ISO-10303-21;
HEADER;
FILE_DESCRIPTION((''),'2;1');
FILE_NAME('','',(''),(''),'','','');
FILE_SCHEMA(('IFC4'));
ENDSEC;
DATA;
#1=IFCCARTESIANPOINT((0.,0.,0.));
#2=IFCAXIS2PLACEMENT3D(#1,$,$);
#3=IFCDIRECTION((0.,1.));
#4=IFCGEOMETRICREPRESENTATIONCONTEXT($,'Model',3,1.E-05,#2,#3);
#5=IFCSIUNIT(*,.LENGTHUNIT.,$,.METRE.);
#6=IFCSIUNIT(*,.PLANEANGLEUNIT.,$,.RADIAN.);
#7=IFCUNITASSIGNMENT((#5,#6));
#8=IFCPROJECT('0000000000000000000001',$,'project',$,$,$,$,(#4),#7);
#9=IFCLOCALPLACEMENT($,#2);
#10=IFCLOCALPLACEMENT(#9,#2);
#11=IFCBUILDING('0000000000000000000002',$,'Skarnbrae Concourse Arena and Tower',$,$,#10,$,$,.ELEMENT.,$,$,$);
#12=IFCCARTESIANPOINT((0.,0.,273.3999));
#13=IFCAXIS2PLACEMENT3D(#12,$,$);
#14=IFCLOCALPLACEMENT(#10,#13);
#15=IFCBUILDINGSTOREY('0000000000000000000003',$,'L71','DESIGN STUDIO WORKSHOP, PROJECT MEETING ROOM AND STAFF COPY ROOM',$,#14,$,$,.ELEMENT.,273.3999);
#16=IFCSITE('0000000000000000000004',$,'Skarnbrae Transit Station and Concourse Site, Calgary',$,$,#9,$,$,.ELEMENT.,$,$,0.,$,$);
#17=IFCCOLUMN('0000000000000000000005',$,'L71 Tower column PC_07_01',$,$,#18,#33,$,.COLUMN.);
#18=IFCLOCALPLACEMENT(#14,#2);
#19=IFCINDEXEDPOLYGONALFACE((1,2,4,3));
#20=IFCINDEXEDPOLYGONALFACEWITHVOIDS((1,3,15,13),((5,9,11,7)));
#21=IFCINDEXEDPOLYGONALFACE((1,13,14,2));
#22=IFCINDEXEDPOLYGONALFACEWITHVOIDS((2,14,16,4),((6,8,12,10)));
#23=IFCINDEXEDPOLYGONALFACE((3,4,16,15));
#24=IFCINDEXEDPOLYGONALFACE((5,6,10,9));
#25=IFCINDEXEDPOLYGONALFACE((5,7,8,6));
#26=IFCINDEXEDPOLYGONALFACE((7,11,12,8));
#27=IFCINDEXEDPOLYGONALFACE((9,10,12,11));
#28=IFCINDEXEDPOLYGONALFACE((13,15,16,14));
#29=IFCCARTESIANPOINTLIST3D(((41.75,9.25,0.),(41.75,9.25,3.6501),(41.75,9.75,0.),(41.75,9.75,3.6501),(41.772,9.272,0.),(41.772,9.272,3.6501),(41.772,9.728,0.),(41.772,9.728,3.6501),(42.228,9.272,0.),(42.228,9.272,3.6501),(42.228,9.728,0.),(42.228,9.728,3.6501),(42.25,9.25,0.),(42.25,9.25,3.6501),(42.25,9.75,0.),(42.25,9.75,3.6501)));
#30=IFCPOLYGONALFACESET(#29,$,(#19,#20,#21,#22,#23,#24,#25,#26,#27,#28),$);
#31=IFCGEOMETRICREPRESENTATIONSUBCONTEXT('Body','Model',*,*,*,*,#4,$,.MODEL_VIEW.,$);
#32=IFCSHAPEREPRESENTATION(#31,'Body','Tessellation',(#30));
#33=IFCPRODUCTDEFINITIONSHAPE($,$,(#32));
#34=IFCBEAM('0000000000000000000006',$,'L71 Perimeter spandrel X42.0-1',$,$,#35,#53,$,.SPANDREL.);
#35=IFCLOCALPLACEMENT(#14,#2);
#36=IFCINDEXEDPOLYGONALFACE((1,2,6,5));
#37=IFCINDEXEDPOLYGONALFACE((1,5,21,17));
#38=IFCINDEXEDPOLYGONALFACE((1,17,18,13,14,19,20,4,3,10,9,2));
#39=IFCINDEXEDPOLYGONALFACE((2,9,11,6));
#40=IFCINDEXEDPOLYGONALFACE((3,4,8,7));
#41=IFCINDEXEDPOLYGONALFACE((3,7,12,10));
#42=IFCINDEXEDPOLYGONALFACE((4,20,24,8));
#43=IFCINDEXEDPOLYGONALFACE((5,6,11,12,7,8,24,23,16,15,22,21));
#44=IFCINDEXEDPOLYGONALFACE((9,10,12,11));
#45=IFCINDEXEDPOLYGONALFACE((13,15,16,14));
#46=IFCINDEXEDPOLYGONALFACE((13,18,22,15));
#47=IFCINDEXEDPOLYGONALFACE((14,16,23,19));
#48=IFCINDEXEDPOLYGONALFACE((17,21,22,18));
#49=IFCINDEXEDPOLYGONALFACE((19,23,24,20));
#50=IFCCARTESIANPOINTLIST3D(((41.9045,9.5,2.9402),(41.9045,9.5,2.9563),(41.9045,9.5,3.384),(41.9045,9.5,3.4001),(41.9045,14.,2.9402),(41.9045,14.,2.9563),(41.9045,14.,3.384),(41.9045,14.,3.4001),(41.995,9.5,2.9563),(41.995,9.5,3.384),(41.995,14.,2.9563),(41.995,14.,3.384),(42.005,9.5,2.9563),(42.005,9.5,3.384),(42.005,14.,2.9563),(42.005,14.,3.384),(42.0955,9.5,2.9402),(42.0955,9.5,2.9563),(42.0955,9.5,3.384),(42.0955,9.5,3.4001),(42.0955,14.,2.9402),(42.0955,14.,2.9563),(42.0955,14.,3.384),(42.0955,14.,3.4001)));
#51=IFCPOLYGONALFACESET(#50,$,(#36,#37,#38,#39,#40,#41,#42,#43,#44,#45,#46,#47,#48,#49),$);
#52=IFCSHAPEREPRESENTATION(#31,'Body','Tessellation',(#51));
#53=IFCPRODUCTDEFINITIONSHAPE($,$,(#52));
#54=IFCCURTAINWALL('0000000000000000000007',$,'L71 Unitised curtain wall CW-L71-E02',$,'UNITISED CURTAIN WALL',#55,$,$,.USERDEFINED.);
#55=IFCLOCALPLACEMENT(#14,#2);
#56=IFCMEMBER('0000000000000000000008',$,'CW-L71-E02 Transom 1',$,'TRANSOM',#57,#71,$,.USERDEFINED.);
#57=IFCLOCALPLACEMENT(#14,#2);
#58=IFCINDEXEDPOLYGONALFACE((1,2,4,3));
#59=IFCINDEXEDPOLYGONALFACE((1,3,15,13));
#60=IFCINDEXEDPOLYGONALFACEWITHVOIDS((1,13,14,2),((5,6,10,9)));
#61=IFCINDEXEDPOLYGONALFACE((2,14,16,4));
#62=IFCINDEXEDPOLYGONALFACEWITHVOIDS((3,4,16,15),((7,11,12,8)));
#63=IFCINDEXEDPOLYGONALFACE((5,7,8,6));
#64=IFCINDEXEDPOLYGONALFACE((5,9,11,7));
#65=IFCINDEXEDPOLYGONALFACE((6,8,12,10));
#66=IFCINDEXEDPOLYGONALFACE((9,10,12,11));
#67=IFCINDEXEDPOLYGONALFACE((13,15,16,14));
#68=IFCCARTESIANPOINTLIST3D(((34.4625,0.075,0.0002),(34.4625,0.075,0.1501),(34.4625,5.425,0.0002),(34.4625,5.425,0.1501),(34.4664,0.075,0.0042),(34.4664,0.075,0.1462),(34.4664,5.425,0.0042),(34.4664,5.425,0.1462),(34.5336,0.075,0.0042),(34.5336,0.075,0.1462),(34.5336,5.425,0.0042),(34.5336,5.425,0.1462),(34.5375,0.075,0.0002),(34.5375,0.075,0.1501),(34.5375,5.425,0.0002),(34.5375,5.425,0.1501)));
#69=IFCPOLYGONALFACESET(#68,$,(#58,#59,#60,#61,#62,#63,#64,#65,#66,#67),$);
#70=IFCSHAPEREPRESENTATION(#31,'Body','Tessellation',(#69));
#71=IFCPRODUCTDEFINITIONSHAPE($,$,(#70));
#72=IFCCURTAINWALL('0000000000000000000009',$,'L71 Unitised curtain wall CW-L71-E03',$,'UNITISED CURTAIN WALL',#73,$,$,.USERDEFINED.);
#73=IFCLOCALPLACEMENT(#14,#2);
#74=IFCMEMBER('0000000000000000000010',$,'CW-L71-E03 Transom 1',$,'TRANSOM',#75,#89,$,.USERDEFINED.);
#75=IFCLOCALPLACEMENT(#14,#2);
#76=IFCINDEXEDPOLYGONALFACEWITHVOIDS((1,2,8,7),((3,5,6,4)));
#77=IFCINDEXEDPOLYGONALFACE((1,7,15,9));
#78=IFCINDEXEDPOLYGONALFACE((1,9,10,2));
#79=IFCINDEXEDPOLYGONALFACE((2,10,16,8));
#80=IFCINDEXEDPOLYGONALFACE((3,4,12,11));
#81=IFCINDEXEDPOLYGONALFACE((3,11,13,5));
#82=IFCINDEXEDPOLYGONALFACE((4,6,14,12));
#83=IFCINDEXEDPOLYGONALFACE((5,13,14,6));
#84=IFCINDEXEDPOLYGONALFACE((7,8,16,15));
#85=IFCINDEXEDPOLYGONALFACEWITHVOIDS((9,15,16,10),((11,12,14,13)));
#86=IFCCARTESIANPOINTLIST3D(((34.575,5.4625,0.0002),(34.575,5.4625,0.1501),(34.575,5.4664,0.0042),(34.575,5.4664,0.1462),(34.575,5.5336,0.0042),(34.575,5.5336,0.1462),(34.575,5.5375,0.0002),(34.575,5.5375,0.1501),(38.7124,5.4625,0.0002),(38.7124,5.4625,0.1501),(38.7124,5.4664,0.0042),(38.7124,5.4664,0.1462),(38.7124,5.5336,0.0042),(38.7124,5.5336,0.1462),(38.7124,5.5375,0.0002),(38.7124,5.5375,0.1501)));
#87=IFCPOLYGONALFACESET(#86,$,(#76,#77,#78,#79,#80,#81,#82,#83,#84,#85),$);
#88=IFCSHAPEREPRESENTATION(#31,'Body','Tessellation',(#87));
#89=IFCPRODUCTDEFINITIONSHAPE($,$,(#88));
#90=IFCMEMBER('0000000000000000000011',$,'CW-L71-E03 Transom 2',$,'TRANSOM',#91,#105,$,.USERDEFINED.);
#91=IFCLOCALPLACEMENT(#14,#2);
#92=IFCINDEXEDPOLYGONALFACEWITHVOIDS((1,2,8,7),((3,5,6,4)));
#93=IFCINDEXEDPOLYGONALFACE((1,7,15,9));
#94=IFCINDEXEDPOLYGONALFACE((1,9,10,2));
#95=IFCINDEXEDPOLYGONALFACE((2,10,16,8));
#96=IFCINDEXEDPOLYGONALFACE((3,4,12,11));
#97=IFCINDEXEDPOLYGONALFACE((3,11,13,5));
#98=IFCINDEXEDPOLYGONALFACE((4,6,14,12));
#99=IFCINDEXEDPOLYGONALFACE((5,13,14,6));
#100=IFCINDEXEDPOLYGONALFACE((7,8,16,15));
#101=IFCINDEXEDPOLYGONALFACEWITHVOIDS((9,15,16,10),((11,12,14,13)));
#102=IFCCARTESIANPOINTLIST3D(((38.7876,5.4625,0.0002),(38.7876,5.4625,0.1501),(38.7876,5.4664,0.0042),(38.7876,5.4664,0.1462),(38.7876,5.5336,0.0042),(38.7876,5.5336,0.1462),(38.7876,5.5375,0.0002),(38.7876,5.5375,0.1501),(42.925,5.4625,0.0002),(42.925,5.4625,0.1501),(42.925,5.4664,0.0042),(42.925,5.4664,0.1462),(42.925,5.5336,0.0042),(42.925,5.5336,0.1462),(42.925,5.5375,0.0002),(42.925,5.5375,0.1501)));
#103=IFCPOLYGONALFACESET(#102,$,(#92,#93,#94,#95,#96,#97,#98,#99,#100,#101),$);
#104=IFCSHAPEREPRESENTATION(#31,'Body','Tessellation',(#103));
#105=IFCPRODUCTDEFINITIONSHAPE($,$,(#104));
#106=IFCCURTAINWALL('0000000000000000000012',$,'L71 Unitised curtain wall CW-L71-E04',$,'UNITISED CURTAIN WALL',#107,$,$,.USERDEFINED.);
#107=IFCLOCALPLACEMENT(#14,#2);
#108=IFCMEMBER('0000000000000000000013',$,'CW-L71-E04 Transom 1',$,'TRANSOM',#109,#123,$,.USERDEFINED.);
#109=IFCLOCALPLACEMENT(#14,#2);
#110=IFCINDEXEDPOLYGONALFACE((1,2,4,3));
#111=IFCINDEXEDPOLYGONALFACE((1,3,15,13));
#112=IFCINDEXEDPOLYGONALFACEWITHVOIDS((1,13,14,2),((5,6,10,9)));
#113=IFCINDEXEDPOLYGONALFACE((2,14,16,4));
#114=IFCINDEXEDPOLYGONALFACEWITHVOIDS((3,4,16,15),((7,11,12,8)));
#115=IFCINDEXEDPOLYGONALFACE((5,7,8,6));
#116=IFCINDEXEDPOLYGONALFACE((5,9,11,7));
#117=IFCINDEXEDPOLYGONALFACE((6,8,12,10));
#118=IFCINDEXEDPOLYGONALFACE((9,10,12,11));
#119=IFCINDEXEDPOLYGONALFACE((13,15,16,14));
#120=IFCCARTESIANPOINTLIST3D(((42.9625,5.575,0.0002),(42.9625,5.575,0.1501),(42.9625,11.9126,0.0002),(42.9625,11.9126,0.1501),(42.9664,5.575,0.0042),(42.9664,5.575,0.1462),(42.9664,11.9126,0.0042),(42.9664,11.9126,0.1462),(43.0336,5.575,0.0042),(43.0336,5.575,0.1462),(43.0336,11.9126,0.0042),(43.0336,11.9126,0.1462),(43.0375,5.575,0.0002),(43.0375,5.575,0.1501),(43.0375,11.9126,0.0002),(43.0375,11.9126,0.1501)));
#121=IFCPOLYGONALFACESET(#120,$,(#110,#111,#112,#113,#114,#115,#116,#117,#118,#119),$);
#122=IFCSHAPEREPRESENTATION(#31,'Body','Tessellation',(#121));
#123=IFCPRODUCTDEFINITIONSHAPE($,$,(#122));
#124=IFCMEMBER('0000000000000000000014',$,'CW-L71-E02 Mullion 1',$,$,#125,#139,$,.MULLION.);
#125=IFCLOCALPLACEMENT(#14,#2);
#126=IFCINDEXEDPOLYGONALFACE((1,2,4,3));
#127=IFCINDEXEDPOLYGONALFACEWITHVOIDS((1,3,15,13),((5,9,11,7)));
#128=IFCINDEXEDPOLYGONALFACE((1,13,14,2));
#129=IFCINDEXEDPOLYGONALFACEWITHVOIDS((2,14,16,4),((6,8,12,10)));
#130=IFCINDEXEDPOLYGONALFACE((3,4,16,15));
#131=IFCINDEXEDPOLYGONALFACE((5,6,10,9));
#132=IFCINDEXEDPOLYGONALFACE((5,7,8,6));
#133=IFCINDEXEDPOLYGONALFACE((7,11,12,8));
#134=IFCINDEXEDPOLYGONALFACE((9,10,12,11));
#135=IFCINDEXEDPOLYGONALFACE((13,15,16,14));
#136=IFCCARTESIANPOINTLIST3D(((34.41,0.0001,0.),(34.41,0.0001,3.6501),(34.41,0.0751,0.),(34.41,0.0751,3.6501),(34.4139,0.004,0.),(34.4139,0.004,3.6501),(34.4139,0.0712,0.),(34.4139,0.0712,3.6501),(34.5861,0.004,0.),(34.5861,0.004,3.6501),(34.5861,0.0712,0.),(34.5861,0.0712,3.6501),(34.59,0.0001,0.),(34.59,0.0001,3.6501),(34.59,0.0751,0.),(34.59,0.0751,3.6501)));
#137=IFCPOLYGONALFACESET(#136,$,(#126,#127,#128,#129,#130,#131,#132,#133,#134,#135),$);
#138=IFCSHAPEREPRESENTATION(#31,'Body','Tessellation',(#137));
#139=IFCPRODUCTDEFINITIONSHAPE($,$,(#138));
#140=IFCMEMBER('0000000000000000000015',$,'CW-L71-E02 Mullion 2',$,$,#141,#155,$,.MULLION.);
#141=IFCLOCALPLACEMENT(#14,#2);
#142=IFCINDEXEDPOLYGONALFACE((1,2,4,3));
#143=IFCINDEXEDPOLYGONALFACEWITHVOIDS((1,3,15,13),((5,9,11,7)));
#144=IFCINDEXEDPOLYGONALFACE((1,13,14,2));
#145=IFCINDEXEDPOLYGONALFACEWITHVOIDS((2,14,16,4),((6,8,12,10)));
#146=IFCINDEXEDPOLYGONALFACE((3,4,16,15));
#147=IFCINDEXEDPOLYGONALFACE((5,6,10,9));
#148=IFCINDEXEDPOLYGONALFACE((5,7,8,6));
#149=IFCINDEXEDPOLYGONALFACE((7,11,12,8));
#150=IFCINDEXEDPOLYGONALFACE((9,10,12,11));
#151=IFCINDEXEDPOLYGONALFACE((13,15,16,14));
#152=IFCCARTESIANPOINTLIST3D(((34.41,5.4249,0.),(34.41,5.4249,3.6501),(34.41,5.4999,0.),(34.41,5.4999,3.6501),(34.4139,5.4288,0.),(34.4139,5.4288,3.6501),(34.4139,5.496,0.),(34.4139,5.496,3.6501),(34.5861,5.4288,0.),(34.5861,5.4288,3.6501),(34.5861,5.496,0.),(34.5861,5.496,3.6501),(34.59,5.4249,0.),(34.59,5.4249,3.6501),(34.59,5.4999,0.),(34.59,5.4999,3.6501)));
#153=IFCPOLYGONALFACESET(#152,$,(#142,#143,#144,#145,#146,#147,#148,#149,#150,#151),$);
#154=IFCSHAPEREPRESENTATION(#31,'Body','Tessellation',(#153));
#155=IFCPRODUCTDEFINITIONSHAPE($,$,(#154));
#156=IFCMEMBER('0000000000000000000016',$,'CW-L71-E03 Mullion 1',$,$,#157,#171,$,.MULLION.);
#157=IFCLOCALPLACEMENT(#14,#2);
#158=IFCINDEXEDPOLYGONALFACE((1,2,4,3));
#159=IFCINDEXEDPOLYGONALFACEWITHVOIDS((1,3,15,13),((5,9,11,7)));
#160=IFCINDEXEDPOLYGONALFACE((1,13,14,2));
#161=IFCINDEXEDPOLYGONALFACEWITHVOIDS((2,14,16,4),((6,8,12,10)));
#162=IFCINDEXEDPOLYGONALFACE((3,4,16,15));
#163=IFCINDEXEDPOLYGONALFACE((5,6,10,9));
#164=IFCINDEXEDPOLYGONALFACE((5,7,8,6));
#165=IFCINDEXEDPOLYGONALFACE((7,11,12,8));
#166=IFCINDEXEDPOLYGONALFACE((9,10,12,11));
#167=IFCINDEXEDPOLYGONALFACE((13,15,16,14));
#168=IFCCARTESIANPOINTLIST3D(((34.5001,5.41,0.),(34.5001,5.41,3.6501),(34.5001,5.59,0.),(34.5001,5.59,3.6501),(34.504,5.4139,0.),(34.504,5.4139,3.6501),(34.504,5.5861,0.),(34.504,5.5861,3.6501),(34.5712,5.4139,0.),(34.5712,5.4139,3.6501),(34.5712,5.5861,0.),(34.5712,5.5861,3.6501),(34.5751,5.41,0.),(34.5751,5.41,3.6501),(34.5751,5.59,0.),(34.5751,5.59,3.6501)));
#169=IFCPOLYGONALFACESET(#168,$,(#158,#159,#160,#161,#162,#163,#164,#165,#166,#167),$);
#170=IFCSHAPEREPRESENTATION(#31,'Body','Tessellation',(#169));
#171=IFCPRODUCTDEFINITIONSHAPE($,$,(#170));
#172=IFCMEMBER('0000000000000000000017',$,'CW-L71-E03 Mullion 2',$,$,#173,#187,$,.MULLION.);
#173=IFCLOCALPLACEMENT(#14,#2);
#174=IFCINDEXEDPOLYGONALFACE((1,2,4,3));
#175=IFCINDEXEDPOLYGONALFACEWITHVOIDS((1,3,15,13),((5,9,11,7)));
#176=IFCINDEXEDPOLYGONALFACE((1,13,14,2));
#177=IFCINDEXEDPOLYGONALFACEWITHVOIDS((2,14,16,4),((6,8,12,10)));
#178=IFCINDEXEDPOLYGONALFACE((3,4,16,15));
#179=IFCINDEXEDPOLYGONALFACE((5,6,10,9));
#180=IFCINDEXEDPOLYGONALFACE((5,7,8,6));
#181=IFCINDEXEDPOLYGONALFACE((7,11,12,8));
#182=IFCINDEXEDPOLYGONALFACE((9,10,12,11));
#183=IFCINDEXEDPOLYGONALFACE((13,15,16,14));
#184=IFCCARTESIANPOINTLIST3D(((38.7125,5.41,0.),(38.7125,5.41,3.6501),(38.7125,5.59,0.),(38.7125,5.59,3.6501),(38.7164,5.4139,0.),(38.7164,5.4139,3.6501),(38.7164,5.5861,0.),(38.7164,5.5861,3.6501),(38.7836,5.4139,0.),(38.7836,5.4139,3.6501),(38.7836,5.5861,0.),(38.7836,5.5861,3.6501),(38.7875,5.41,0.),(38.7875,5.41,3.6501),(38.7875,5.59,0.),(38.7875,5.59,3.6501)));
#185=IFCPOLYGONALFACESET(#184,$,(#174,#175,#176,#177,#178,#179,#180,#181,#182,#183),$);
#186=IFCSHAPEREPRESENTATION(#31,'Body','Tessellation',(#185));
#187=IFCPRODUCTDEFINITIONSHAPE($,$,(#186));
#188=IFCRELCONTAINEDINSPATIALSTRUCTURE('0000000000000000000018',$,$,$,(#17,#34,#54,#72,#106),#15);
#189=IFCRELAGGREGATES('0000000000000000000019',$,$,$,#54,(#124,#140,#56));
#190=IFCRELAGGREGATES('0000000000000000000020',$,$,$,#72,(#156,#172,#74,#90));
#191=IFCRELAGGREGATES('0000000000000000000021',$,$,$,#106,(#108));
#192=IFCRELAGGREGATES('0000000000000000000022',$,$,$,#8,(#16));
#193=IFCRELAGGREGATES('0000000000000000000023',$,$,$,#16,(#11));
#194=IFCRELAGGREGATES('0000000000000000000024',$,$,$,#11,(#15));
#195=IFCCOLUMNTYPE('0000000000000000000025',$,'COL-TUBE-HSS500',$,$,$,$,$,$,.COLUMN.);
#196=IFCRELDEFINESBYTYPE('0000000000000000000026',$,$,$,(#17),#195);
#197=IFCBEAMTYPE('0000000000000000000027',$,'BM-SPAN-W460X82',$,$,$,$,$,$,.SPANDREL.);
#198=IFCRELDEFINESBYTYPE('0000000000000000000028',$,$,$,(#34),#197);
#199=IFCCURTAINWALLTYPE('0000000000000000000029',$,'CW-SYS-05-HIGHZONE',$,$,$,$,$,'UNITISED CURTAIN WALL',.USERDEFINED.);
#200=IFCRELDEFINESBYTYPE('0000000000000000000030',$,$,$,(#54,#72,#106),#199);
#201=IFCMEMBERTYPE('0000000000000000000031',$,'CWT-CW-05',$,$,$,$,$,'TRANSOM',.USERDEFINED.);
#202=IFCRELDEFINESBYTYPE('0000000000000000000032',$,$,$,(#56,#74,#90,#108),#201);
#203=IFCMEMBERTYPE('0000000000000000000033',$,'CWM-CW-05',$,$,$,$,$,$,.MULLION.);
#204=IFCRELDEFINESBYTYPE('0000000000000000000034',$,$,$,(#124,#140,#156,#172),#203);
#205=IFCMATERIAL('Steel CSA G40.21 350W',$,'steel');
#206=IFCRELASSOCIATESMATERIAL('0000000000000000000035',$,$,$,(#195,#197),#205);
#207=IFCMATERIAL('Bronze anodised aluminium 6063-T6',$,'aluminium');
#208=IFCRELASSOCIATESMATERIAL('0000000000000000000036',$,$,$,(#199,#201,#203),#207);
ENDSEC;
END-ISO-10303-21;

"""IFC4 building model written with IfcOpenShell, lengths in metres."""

from ifc_helpers import new_model, si_unit, direction, frame, origin, origin_2d, place, context, subcontext, project, spatial, hollow_rectangle, i_section, extrude, source, transform, mapped, material, material_profile, profile_set, type_object, element, aggregate, save


model = new_model("IFC4")

# Units and contexts
model_context = context("Model", 3, precision=1e-05, world=origin(), true_north=direction((0.0, 1.0)))
body_context = subcontext(model_context, "Body", "Model", "MODEL_VIEW")
ifc_project = project(units=[si_unit("LENGTHUNIT", "METRE"), si_unit("PLANEANGLEUNIT", "RADIAN")], contexts=[model_context])

# Site, building, storey
site_placement = place(None, origin())
site = spatial("IfcSite", under=ifc_project, at=site_placement, Name="Skarnbrae Transit Station and Concourse Site, Calgary", CompositionType="ELEMENT", RefElevation=0.0)
building_placement = place(site_placement, origin())
building = spatial("IfcBuilding", under=site, at=building_placement, Name="Skarnbrae Concourse Arena and Tower", CompositionType="ELEMENT")
storey_placement = place(building_placement, frame((0.0, 0.0, 273.3999)))
storey = spatial("IfcBuildingStorey", under=building, at=storey_placement, Name="L71", Description="DESIGN STUDIO WORKSHOP, PROJECT MEETING ROOM AND STAFF COPY ROOM", CompositionType="ELEMENT", Elevation=273.3999)

# Column
ifc_material_1 = material(Name="Steel CSA G40.21 350W", Category="steel")
ifc_material_profile_1 = material_profile(ifc_material_1, hollow_rectangle(XDim=0.5, YDim=0.5, WallThickness=0.022, at=origin_2d()), Name="HSS500X500X22.0")
ifc_profile_set_1 = profile_set([ifc_material_profile_1], Name="Steel CSA G40.21 350W")
column_type = type_object("IfcColumnType", Name="COL-TUBE-HSS500", PredefinedType="COLUMN", material=ifc_profile_set_1)
shared_shape_1 = source(origin(), body_context, "Body", "SweptSolid", [
    extrude(hollow_rectangle(XDim=0.5, YDim=0.5, WallThickness=0.022, at=origin_2d()), origin(), (0.0, 0.0, 1.0), 3.6501),
])
column_placement = place(storey_placement, frame((42.0, 9.5, 0.0), z_axis=(0.0, 0.0, 1.0), x_axis=(1.0, 0.0, 0.0)))
element("IfcColumn", 1, at=column_placement, inside=storey, type_object=column_type, Name="L71 Tower column PC_07_01", PredefinedType="COLUMN", context=body_context, shape_type="MappedRepresentation", body=[
    mapped(shared_shape_1, transform((0.0, 0.0, 0.0))),
])

# Beam
ifc_material_profile_2 = material_profile(ifc_material_1, i_section(OverallWidth=0.1909, OverallDepth=0.46, WebThickness=0.01, FlangeThickness=0.0161, at=origin_2d()), Name="W460X82")
ifc_profile_set_2 = profile_set([ifc_material_profile_2], Name="Steel CSA G40.21 350W")
beam_type = type_object("IfcBeamType", Name="BM-SPAN-W460X82", PredefinedType="SPANDREL", material=ifc_profile_set_2)
shared_shape_2 = source(origin(), body_context, "Body", "SweptSolid", [
    extrude(i_section(OverallWidth=0.1909, OverallDepth=0.46, WebThickness=0.01, FlangeThickness=0.0161, at=origin_2d()), origin(), (0.0, 0.0, 1.0), 4.5),
])
beam_placement = place(storey_placement, frame((42.0, 9.5, 3.1702), z_axis=(0.0, 1.0, 0.0), x_axis=(-1.0, 0.0, 0.0)))
element("IfcBeam", 2, at=beam_placement, inside=storey, type_object=beam_type, Name="L71 Perimeter spandrel X42.0-1", PredefinedType="SPANDREL", context=body_context, shape_type="MappedRepresentation", body=[
    mapped(shared_shape_2, transform((0.0, 0.0, 0.0))),
])

# Curtain wall, member
ifc_material_2 = material(Name="Bronze anodised aluminium 6063-T6", Category="aluminium")
curtain_wall_type = type_object("IfcCurtainWallType", Name="CW-SYS-05-HIGHZONE", ElementType="UNITISED CURTAIN WALL", PredefinedType="USERDEFINED", material=ifc_material_2)
curtain_wall_1_placement = place(storey_placement, origin())
curtain_wall_1 = element("IfcCurtainWall", 3, at=curtain_wall_1_placement, inside=storey, type_object=curtain_wall_type, Name="L71 Unitised curtain wall CW-L71-E02", ObjectType="UNITISED CURTAIN WALL", PredefinedType="USERDEFINED")
ifc_material_profile_3 = material_profile(ifc_material_2, hollow_rectangle(XDim=0.075, YDim=0.1499, WallThickness=0.0039, at=origin_2d()), Name="ALU-TRAN-75X150")
ifc_profile_set_3 = profile_set([ifc_material_profile_3], Name="Bronze anodised aluminium 6063-T6")
member_type_1 = type_object("IfcMemberType", Name="CWT-CW-05", ElementType="TRANSOM", PredefinedType="USERDEFINED", material=ifc_profile_set_3)
shared_shape_3 = source(origin(), body_context, "Body", "SweptSolid", [
    extrude(hollow_rectangle(XDim=0.075, YDim=0.1499, WallThickness=0.0039, at=origin_2d()), origin(), (0.0, 0.0, 1.0), 5.3501),
])
member_1_placement = place(storey_placement, frame((34.5, 0.075, 0.0752), z_axis=(0.0, 1.0, 0.0), x_axis=(-1.0, 0.0, 0.0)))
member_1 = element("IfcMember", 4, at=member_1_placement, type_object=member_type_1, Name="CW-L71-E02 Transom 1", ObjectType="TRANSOM", PredefinedType="USERDEFINED", context=body_context, shape_type="MappedRepresentation", body=[
    mapped(shared_shape_3, transform((0.0, 0.0, 0.0))),
])

# Curtain wall, members
curtain_wall_2_placement = place(storey_placement, origin())
curtain_wall_2 = element("IfcCurtainWall", 5, at=curtain_wall_2_placement, inside=storey, type_object=curtain_wall_type, Name="L71 Unitised curtain wall CW-L71-E03", ObjectType="UNITISED CURTAIN WALL", PredefinedType="USERDEFINED")
shared_shape_4 = source(origin(), body_context, "Body", "SweptSolid", [
    extrude(hollow_rectangle(XDim=0.075, YDim=0.1499, WallThickness=0.0039, at=origin_2d()), origin(), (0.0, 0.0, 1.0), 4.1375),
])
member_2_placement = place(storey_placement, frame((34.575, 5.5, 0.0752), z_axis=(1.0, 0.0, 0.0), x_axis=(0.0, 1.0, 0.0)))
member_2 = element("IfcMember", 6, at=member_2_placement, type_object=member_type_1, Name="CW-L71-E03 Transom 1", ObjectType="TRANSOM", PredefinedType="USERDEFINED", context=body_context, shape_type="MappedRepresentation", body=[
    mapped(shared_shape_4, transform((0.0, 0.0, 0.0))),
])
member_3_placement = place(storey_placement, frame((38.7876, 5.5, 0.0752), z_axis=(1.0, 0.0, 0.0), x_axis=(0.0, 1.0, 0.0)))
member_3 = element("IfcMember", 7, at=member_3_placement, type_object=member_type_1, Name="CW-L71-E03 Transom 2", ObjectType="TRANSOM", PredefinedType="USERDEFINED", context=body_context, shape_type="MappedRepresentation", body=[
    mapped(shared_shape_4, transform((0.0, 0.0, 0.0))),
])

# Curtain wall, member
curtain_wall_3_placement = place(storey_placement, origin())
curtain_wall_3 = element("IfcCurtainWall", 8, at=curtain_wall_3_placement, inside=storey, type_object=curtain_wall_type, Name="L71 Unitised curtain wall CW-L71-E04", ObjectType="UNITISED CURTAIN WALL", PredefinedType="USERDEFINED")
shared_shape_5 = source(origin(), body_context, "Body", "SweptSolid", [
    extrude(hollow_rectangle(XDim=0.075, YDim=0.1499, WallThickness=0.0039, at=origin_2d()), origin(), (0.0, 0.0, 1.0), 6.3376),
])
member_4_placement = place(storey_placement, frame((43.0, 5.575, 0.0752), z_axis=(0.0, 1.0, 0.0), x_axis=(-1.0, 0.0, 0.0)))
member_4 = element("IfcMember", 9, at=member_4_placement, type_object=member_type_1, Name="CW-L71-E04 Transom 1", ObjectType="TRANSOM", PredefinedType="USERDEFINED", context=body_context, shape_type="MappedRepresentation", body=[
    mapped(shared_shape_5, transform((0.0, 0.0, 0.0))),
])

# Members
ifc_material_profile_4 = material_profile(ifc_material_2, hollow_rectangle(XDim=0.075, YDim=0.1799, WallThickness=0.0039, at=origin_2d()), Name="ALU-MULL-75X180")
ifc_profile_set_4 = profile_set([ifc_material_profile_4], Name="Bronze anodised aluminium 6063-T6")
member_type_2 = type_object("IfcMemberType", Name="CWM-CW-05", PredefinedType="MULLION", material=ifc_profile_set_4)
shared_shape_6 = source(origin(), body_context, "Body", "SweptSolid", [
    extrude(hollow_rectangle(XDim=0.075, YDim=0.1799, WallThickness=0.0039, at=origin_2d()), origin(), (0.0, 0.0, 1.0), 3.6501),
])
member_5_placement = place(storey_placement, frame((34.5, 0.0376, 0.0), z_axis=(0.0, 0.0, 1.0), x_axis=(0.0, 1.0, 0.0)))
member_5 = element("IfcMember", 10, at=member_5_placement, type_object=member_type_2, Name="CW-L71-E02 Mullion 1", PredefinedType="MULLION", context=body_context, shape_type="MappedRepresentation", body=[
    mapped(shared_shape_6, transform((0.0, 0.0, 0.0))),
])
member_6_placement = place(storey_placement, frame((34.5, 5.4624, 0.0), z_axis=(0.0, 0.0, 1.0), x_axis=(0.0, 1.0, 0.0)))
member_6 = element("IfcMember", 11, at=member_6_placement, type_object=member_type_2, Name="CW-L71-E02 Mullion 2", PredefinedType="MULLION", context=body_context, shape_type="MappedRepresentation", body=[
    mapped(shared_shape_6, transform((0.0, 0.0, 0.0))),
])
member_7_placement = place(storey_placement, frame((34.5376, 5.5, 0.0), z_axis=(0.0, 0.0, 1.0), x_axis=(1.0, 0.0, 0.0)))
member_7 = element("IfcMember", 12, at=member_7_placement, type_object=member_type_2, Name="CW-L71-E03 Mullion 1", PredefinedType="MULLION", context=body_context, shape_type="MappedRepresentation", body=[
    mapped(shared_shape_6, transform((0.0, 0.0, 0.0))),
])
member_8_placement = place(storey_placement, frame((38.75, 5.5, 0.0), z_axis=(0.0, 0.0, 1.0), x_axis=(1.0, 0.0, 0.0)))
member_8 = element("IfcMember", 13, at=member_8_placement, type_object=member_type_2, Name="CW-L71-E03 Mullion 2", PredefinedType="MULLION", context=body_context, shape_type="MappedRepresentation", body=[
    mapped(shared_shape_6, transform((0.0, 0.0, 0.0))),
])

aggregate(curtain_wall_1, [member_5, member_6, member_1])
aggregate(curtain_wall_2, [member_7, member_8, member_2, member_3])
aggregate(curtain_wall_3, [member_4])

save(model, "model.ifc")
